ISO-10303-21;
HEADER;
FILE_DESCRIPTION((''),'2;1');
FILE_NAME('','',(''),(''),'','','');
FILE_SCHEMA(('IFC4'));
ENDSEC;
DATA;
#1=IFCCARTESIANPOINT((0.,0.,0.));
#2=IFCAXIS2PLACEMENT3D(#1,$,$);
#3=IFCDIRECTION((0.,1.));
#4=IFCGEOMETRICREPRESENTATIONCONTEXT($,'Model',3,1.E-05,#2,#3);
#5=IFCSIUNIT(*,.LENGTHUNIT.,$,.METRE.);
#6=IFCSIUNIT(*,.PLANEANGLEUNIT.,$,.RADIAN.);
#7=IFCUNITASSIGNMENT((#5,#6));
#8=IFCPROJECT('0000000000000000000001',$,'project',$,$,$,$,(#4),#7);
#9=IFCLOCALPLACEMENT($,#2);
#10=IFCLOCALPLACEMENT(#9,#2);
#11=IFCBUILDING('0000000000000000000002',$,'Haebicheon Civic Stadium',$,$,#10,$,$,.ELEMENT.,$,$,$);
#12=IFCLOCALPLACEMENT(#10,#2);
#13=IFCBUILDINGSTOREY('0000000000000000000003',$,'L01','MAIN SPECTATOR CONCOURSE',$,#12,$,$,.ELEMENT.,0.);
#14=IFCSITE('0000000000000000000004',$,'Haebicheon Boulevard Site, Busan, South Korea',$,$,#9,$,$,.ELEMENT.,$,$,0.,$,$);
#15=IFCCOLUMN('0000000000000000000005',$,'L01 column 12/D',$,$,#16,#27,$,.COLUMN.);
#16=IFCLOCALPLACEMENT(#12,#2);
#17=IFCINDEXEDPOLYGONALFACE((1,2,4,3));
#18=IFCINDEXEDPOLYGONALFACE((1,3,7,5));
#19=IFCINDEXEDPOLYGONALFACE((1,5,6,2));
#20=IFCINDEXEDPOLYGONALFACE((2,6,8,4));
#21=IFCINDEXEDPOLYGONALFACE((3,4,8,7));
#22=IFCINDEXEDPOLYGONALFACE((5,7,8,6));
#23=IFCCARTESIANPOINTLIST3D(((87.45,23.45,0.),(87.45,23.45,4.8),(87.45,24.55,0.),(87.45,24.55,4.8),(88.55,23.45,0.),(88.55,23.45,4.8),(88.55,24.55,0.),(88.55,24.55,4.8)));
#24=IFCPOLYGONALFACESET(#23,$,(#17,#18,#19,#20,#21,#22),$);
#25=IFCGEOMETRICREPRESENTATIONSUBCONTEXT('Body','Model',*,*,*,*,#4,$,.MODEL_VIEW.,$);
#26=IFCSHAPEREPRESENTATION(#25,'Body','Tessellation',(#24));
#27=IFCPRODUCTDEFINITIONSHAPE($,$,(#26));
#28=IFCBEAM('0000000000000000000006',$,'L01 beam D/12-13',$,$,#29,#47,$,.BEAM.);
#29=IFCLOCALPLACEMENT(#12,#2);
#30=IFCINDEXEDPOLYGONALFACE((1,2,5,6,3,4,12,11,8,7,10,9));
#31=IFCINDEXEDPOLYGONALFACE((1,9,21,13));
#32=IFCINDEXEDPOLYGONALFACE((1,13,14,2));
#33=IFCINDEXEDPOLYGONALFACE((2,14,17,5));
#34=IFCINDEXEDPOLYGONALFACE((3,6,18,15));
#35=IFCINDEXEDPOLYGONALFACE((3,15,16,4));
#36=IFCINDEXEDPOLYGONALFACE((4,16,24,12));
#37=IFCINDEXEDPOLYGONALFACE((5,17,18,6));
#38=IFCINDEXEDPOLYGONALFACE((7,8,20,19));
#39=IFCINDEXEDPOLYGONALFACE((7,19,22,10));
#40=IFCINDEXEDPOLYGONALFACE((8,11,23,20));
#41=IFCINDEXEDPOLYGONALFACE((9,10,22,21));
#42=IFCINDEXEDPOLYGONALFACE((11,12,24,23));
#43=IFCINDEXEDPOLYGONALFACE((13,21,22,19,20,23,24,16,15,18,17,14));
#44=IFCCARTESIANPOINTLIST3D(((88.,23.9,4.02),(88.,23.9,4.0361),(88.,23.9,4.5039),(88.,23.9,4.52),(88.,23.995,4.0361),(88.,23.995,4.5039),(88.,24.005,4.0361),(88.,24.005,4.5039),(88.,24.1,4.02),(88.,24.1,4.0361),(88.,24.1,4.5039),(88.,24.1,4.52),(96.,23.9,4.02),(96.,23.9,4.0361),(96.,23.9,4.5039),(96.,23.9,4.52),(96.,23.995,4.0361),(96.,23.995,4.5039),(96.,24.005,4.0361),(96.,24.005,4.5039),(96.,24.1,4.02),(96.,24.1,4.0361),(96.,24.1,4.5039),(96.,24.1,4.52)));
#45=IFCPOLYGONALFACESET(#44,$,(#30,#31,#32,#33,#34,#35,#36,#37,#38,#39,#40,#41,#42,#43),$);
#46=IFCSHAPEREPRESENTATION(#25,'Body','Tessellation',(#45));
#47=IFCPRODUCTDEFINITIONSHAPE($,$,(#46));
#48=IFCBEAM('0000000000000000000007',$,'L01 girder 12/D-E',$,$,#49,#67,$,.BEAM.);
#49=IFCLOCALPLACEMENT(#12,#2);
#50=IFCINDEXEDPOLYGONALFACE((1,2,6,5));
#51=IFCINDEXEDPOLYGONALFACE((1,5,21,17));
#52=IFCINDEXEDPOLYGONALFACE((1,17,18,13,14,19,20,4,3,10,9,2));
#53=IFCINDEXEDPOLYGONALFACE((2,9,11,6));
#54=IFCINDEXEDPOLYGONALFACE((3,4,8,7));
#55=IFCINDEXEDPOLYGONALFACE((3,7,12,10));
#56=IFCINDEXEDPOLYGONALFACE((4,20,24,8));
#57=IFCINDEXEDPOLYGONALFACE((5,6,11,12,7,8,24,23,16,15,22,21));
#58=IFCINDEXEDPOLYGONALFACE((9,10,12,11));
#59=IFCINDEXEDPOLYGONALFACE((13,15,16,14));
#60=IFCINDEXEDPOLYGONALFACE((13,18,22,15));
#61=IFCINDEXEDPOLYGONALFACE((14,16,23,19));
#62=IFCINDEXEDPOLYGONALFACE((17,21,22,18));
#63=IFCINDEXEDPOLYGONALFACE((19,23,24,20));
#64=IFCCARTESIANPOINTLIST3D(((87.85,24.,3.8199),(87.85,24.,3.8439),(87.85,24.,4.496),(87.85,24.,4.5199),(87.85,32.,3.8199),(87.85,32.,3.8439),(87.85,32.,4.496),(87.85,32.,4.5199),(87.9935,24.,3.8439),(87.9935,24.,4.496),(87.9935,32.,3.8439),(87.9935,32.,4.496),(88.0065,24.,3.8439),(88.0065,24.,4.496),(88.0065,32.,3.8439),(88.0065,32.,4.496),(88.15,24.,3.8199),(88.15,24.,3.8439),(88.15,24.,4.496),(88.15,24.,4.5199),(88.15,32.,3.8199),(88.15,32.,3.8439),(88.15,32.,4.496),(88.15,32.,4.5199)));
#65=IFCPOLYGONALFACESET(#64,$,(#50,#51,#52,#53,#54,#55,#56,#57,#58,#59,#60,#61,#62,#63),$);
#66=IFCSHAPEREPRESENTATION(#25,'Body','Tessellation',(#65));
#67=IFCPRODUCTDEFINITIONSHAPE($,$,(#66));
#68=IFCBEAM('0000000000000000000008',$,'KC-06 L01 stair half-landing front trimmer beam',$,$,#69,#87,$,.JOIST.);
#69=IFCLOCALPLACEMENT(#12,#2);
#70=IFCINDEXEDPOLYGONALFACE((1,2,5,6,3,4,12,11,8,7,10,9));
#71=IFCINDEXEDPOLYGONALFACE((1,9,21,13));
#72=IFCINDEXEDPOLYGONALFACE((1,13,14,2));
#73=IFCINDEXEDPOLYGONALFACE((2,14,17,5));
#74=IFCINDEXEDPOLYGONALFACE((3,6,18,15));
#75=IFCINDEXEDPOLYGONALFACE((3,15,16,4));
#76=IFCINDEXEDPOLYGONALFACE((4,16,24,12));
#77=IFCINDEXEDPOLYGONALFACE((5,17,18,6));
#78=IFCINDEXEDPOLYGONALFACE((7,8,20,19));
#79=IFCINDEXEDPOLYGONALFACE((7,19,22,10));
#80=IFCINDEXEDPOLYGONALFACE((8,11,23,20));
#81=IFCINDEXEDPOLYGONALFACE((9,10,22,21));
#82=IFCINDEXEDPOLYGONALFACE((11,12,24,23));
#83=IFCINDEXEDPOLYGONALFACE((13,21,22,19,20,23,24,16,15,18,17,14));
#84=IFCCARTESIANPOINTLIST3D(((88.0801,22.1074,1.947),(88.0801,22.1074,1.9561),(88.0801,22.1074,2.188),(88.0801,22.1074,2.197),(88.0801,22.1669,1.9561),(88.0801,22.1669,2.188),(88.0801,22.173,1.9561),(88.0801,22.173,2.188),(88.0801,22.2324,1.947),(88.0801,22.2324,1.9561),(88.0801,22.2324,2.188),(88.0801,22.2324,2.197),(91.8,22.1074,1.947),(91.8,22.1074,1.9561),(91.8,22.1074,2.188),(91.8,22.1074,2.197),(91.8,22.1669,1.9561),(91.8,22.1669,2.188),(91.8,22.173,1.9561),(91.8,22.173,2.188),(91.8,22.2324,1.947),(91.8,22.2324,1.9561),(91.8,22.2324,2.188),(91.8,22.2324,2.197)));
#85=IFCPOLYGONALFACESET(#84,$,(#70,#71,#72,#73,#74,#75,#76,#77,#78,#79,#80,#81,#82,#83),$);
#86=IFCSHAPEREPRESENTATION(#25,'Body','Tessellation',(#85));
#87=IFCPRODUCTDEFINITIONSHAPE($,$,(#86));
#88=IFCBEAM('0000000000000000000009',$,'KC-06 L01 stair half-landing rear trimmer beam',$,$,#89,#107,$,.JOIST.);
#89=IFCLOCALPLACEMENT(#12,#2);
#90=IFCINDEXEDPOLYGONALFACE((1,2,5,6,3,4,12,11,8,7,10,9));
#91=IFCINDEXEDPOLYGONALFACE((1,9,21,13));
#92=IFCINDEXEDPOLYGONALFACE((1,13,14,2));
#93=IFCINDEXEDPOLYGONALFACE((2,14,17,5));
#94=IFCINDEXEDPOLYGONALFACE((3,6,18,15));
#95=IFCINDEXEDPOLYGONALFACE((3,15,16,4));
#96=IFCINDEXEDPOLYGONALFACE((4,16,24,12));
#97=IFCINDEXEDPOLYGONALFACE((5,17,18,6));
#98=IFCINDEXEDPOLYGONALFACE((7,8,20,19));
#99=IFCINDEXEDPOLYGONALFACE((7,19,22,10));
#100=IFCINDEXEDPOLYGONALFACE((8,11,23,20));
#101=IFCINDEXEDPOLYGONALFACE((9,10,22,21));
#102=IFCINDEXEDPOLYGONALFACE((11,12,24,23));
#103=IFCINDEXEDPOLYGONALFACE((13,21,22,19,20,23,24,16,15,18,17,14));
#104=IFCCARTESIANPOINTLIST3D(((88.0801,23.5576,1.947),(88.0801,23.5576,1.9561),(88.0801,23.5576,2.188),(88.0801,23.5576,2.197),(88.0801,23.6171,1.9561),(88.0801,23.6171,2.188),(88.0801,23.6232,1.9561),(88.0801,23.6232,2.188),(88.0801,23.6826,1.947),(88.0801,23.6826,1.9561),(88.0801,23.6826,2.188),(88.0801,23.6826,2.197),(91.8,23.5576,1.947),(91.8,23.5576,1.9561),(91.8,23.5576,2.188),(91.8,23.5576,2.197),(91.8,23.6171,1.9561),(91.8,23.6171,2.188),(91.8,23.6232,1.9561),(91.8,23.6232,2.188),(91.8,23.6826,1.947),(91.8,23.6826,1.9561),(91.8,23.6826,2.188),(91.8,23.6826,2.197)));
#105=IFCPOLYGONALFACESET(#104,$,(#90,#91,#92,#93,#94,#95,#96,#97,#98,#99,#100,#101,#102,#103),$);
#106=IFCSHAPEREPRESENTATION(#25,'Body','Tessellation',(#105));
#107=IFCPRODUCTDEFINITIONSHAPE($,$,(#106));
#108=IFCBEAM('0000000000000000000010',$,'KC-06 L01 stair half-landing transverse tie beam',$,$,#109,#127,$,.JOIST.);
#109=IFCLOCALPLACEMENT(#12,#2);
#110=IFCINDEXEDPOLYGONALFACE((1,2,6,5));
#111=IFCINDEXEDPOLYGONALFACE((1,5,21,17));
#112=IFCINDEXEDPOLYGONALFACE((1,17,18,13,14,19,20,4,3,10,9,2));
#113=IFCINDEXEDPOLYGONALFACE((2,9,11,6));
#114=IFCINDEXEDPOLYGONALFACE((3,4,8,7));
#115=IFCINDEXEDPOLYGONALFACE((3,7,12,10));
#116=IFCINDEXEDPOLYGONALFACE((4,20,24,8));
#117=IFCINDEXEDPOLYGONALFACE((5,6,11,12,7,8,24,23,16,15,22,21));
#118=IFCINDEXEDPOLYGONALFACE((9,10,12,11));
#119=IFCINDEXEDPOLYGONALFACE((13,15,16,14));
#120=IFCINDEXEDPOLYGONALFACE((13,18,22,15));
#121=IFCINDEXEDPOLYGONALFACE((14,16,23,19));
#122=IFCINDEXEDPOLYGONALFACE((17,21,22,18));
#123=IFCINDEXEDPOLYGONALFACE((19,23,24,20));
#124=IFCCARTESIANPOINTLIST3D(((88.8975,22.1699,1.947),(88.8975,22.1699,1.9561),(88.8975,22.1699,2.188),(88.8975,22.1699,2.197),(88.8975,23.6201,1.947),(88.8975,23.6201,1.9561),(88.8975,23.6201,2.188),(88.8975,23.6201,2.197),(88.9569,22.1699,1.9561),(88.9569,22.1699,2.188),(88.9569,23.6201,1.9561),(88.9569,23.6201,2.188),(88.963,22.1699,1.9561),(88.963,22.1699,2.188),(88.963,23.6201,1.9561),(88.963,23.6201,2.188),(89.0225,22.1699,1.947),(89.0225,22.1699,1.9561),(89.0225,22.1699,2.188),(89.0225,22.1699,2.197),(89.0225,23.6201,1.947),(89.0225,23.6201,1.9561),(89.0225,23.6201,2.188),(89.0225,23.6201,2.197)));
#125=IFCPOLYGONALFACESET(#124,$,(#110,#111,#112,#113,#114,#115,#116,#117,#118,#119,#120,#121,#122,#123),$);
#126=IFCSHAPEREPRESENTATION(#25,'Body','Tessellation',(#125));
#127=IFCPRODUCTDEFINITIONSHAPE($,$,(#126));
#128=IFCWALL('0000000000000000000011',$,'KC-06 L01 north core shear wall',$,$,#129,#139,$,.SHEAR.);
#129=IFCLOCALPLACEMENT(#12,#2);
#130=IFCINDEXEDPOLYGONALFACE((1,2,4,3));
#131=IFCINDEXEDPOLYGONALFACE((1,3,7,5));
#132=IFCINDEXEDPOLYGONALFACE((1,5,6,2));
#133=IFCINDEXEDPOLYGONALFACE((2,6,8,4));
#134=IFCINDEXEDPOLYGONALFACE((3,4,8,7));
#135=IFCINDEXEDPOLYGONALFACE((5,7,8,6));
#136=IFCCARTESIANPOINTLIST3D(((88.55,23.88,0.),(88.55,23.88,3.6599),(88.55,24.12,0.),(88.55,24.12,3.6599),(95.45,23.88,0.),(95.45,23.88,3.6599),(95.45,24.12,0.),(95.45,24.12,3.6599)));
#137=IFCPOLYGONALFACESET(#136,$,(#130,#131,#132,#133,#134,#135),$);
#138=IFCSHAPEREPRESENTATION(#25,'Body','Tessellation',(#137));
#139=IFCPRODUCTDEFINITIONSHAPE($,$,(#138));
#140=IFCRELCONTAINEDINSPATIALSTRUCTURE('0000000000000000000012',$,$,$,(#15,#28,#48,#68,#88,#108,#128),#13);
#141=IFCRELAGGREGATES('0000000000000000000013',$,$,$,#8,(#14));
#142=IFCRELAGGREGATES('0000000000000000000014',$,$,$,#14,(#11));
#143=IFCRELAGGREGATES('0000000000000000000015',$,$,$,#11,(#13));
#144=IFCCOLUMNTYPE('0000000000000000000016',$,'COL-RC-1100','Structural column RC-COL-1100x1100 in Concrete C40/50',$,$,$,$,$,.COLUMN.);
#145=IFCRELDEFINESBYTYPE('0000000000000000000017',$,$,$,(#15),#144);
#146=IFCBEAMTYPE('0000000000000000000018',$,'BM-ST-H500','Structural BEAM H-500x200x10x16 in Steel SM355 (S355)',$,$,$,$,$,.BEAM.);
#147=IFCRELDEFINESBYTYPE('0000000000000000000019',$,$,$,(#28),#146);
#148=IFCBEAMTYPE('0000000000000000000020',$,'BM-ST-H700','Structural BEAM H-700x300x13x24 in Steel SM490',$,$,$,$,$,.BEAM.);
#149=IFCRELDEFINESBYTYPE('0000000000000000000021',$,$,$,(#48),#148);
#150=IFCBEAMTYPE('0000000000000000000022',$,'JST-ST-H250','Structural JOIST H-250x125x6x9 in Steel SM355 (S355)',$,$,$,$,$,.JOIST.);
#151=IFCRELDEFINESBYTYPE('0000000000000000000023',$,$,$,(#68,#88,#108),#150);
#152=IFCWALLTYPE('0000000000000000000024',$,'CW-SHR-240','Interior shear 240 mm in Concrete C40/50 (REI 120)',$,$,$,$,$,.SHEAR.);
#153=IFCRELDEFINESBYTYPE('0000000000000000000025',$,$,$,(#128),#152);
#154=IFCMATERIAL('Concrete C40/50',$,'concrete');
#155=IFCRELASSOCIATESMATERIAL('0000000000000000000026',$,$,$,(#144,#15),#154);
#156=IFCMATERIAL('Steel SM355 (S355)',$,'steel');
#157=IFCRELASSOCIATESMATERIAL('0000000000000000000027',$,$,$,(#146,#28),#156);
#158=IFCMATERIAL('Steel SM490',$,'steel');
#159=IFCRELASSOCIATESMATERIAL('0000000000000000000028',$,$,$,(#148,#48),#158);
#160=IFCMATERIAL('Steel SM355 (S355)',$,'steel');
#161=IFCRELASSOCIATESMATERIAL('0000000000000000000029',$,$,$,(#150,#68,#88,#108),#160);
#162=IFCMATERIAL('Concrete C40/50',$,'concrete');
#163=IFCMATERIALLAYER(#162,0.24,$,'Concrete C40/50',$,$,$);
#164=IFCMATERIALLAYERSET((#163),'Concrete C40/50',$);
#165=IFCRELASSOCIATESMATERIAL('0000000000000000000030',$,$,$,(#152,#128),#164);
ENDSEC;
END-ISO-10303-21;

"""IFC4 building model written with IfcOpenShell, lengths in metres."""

from ifc_helpers import new_model, si_unit, direction, frame, frame_2d, origin, origin_2d, place, context, subcontext, project, spatial, rectangle, i_section, extrude, material, layer, layer_set, material_profile, profile_set, type_object, element, save


model = new_model("IFC4")

# Units and contexts
model_context = context("Model", 3, precision=1e-05, world=origin(), true_north=direction((0.0, 1.0)))
body_context = subcontext(model_context, "Body", "Model", "MODEL_VIEW")
ifc_project = project(units=[si_unit("LENGTHUNIT", "METRE"), si_unit("PLANEANGLEUNIT", "RADIAN")], contexts=[model_context])

# Site, building, storey
site_placement = place(None, origin())
site = spatial("IfcSite", under=ifc_project, at=site_placement, Name="Haebicheon Boulevard Site, Busan, South Korea", CompositionType="ELEMENT", RefElevation=0.0)
building_placement = place(site_placement, origin())
building = spatial("IfcBuilding", under=site, at=building_placement, Name="Haebicheon Civic Stadium", CompositionType="ELEMENT")
storey_placement = place(building_placement, origin())
storey = spatial("IfcBuildingStorey", under=building, at=storey_placement, Name="L01", Description="MAIN SPECTATOR CONCOURSE", CompositionType="ELEMENT", Elevation=0.0)

# Column
ifc_material_1 = material(Name="Concrete C40/50", Category="concrete")
ifc_material_profile_1 = material_profile(ifc_material_1, rectangle(XDim=1.1001, YDim=1.1001, at=origin_2d()), Name="RC-COL-1100x1100")
ifc_profile_set_1 = profile_set([ifc_material_profile_1], Name="Concrete C40/50")
column_type = type_object("IfcColumnType", Name="COL-RC-1100", Description="Structural column RC-COL-1100x1100 in Concrete C40/50", PredefinedType="COLUMN", material=ifc_profile_set_1)
column_placement = place(storey_placement, frame((88.0, 24.0, 0.0), z_axis=(0.0, 0.0, 1.0), x_axis=(1.0, 0.0, 0.0)))
element("IfcColumn", 1, at=column_placement, inside=storey, type_object=column_type, material=ifc_profile_set_1, Name="L01 column 12/D", PredefinedType="COLUMN", context=body_context, shape_type="SweptSolid", body=[
    extrude(rectangle(XDim=1.1001, YDim=1.1001, at=origin_2d()), origin(), (0.0, 0.0, 1.0), 4.8),
])

# Beams
ifc_material_2 = material(Name="Steel SM355 (S355)", Category="steel")
ifc_material_profile_2 = material_profile(ifc_material_2, i_section(OverallWidth=0.2, OverallDepth=0.5, WebThickness=0.01, FlangeThickness=0.0161, at=origin_2d()), Name="H-500x200x10x16")
ifc_profile_set_2 = profile_set([ifc_material_profile_2], Name="Steel SM355 (S355)")
beam_type_1 = type_object("IfcBeamType", Name="BM-ST-H500", Description="Structural BEAM H-500x200x10x16 in Steel SM355 (S355)", PredefinedType="BEAM", material=ifc_profile_set_2)
beam_1_placement = place(storey_placement, frame((88.0, 24.0, 4.27), z_axis=(1.0, 0.0, 0.0), x_axis=(0.0, 1.0, 0.0)))
element("IfcBeam", 2, at=beam_1_placement, inside=storey, type_object=beam_type_1, material=ifc_profile_set_2, Name="L01 beam D/12-13", PredefinedType="BEAM", context=body_context, shape_type="SweptSolid", body=[
    extrude(i_section(OverallWidth=0.2, OverallDepth=0.5, WebThickness=0.01, FlangeThickness=0.0161, at=origin_2d()), origin(), (0.0, 0.0, 1.0), 8.0),
])
ifc_material_3 = material(Name="Steel SM490", Category="steel")
ifc_material_profile_3 = material_profile(ifc_material_3, i_section(OverallWidth=0.3, OverallDepth=0.7, WebThickness=0.0129, FlangeThickness=0.0239, at=origin_2d()), Name="H-700x300x13x24")
ifc_profile_set_3 = profile_set([ifc_material_profile_3], Name="Steel SM490")
beam_type_2 = type_object("IfcBeamType", Name="BM-ST-H700", Description="Structural BEAM H-700x300x13x24 in Steel SM490", PredefinedType="BEAM", material=ifc_profile_set_3)
beam_2_placement = place(storey_placement, frame((88.0, 24.0, 4.1699), z_axis=(0.0, 1.0, 0.0), x_axis=(-1.0, 0.0, 0.0)))
element("IfcBeam", 3, at=beam_2_placement, inside=storey, type_object=beam_type_2, material=ifc_profile_set_3, Name="L01 girder 12/D-E", PredefinedType="BEAM", context=body_context, shape_type="SweptSolid", body=[
    extrude(i_section(OverallWidth=0.3, OverallDepth=0.7, WebThickness=0.0129, FlangeThickness=0.0239, at=origin_2d()), origin(), (0.0, 0.0, 1.0), 8.0),
])
ifc_material_4 = material(Name="Steel SM355 (S355)", Category="steel")
ifc_material_profile_4 = material_profile(ifc_material_4, i_section(OverallWidth=0.125, OverallDepth=0.25, WebThickness=0.0061, FlangeThickness=0.009, at=origin_2d()), Name="H-250x125x6x9")
ifc_profile_set_4 = profile_set([ifc_material_profile_4], Name="Steel SM355 (S355)")
beam_type_3 = type_object("IfcBeamType", Name="JST-ST-H250", Description="Structural JOIST H-250x125x6x9 in Steel SM355 (S355)", PredefinedType="JOIST", material=ifc_profile_set_4)
for number, where, z_axis, x_axis, name in (
    (4, (88.0801, 22.1699, 2.072), (1.0, 0.0, 0.0), (0.0, 1.0, 0.0), "KC-06 L01 stair half-landing front trimmer beam"),
    (5, (88.0801, 23.6201, 2.072), (1.0, 0.0, 0.0), (0.0, 1.0, 0.0), "KC-06 L01 stair half-landing rear trimmer beam"),
):
    element("IfcBeam", number, at=place(storey_placement, frame(where, z_axis=z_axis, x_axis=x_axis)), inside=storey, type_object=beam_type_3, material=ifc_profile_set_4, Name=name, PredefinedType="JOIST", context=body_context, shape_type="SweptSolid", body=[
        extrude(i_section(OverallWidth=0.125, OverallDepth=0.25, WebThickness=0.0061, FlangeThickness=0.009, at=origin_2d()), origin(), (0.0, 0.0, 1.0), 3.72),
    ])
beam_3_placement = place(storey_placement, frame((88.96, 22.1699, 2.072), z_axis=(0.0, 1.0, 0.0), x_axis=(-1.0, 0.0, 0.0)))
element("IfcBeam", 6, at=beam_3_placement, inside=storey, type_object=beam_type_3, material=ifc_profile_set_4, Name="KC-06 L01 stair half-landing transverse tie beam", PredefinedType="JOIST", context=body_context, shape_type="SweptSolid", body=[
    extrude(i_section(OverallWidth=0.125, OverallDepth=0.25, WebThickness=0.0061, FlangeThickness=0.009, at=origin_2d()), origin(), (0.0, 0.0, 1.0), 1.4502),
])

# Wall
ifc_material_5 = material(Name="Concrete C40/50", Category="concrete")
ifc_layer_1 = layer(ifc_material_5, 0.24, Name="Concrete C40/50")
ifc_layer_set_1 = layer_set([ifc_layer_1], Name="Concrete C40/50")
wall_type = type_object("IfcWallType", Name="CW-SHR-240", Description="Interior shear 240 mm in Concrete C40/50 (REI 120)", PredefinedType="SHEAR", material=ifc_layer_set_1)
wall_1_placement = place(storey_placement, frame((88.55, 24.0, 0.0), z_axis=(0.0, 0.0, 1.0), x_axis=(1.0, 0.0, 0.0)))
element("IfcWall", 7, at=wall_1_placement, inside=storey, type_object=wall_type, material=ifc_layer_set_1, Name="KC-06 L01 north core shear wall", PredefinedType="SHEAR", context=body_context, shape_type="SweptSolid", body=[
    extrude(rectangle(XDim=6.8999, YDim=0.24, at=frame_2d((3.45, 0.0))), origin(), (0.0, 0.0, 1.0), 3.6599),
])

save(model, "model.ifc")
